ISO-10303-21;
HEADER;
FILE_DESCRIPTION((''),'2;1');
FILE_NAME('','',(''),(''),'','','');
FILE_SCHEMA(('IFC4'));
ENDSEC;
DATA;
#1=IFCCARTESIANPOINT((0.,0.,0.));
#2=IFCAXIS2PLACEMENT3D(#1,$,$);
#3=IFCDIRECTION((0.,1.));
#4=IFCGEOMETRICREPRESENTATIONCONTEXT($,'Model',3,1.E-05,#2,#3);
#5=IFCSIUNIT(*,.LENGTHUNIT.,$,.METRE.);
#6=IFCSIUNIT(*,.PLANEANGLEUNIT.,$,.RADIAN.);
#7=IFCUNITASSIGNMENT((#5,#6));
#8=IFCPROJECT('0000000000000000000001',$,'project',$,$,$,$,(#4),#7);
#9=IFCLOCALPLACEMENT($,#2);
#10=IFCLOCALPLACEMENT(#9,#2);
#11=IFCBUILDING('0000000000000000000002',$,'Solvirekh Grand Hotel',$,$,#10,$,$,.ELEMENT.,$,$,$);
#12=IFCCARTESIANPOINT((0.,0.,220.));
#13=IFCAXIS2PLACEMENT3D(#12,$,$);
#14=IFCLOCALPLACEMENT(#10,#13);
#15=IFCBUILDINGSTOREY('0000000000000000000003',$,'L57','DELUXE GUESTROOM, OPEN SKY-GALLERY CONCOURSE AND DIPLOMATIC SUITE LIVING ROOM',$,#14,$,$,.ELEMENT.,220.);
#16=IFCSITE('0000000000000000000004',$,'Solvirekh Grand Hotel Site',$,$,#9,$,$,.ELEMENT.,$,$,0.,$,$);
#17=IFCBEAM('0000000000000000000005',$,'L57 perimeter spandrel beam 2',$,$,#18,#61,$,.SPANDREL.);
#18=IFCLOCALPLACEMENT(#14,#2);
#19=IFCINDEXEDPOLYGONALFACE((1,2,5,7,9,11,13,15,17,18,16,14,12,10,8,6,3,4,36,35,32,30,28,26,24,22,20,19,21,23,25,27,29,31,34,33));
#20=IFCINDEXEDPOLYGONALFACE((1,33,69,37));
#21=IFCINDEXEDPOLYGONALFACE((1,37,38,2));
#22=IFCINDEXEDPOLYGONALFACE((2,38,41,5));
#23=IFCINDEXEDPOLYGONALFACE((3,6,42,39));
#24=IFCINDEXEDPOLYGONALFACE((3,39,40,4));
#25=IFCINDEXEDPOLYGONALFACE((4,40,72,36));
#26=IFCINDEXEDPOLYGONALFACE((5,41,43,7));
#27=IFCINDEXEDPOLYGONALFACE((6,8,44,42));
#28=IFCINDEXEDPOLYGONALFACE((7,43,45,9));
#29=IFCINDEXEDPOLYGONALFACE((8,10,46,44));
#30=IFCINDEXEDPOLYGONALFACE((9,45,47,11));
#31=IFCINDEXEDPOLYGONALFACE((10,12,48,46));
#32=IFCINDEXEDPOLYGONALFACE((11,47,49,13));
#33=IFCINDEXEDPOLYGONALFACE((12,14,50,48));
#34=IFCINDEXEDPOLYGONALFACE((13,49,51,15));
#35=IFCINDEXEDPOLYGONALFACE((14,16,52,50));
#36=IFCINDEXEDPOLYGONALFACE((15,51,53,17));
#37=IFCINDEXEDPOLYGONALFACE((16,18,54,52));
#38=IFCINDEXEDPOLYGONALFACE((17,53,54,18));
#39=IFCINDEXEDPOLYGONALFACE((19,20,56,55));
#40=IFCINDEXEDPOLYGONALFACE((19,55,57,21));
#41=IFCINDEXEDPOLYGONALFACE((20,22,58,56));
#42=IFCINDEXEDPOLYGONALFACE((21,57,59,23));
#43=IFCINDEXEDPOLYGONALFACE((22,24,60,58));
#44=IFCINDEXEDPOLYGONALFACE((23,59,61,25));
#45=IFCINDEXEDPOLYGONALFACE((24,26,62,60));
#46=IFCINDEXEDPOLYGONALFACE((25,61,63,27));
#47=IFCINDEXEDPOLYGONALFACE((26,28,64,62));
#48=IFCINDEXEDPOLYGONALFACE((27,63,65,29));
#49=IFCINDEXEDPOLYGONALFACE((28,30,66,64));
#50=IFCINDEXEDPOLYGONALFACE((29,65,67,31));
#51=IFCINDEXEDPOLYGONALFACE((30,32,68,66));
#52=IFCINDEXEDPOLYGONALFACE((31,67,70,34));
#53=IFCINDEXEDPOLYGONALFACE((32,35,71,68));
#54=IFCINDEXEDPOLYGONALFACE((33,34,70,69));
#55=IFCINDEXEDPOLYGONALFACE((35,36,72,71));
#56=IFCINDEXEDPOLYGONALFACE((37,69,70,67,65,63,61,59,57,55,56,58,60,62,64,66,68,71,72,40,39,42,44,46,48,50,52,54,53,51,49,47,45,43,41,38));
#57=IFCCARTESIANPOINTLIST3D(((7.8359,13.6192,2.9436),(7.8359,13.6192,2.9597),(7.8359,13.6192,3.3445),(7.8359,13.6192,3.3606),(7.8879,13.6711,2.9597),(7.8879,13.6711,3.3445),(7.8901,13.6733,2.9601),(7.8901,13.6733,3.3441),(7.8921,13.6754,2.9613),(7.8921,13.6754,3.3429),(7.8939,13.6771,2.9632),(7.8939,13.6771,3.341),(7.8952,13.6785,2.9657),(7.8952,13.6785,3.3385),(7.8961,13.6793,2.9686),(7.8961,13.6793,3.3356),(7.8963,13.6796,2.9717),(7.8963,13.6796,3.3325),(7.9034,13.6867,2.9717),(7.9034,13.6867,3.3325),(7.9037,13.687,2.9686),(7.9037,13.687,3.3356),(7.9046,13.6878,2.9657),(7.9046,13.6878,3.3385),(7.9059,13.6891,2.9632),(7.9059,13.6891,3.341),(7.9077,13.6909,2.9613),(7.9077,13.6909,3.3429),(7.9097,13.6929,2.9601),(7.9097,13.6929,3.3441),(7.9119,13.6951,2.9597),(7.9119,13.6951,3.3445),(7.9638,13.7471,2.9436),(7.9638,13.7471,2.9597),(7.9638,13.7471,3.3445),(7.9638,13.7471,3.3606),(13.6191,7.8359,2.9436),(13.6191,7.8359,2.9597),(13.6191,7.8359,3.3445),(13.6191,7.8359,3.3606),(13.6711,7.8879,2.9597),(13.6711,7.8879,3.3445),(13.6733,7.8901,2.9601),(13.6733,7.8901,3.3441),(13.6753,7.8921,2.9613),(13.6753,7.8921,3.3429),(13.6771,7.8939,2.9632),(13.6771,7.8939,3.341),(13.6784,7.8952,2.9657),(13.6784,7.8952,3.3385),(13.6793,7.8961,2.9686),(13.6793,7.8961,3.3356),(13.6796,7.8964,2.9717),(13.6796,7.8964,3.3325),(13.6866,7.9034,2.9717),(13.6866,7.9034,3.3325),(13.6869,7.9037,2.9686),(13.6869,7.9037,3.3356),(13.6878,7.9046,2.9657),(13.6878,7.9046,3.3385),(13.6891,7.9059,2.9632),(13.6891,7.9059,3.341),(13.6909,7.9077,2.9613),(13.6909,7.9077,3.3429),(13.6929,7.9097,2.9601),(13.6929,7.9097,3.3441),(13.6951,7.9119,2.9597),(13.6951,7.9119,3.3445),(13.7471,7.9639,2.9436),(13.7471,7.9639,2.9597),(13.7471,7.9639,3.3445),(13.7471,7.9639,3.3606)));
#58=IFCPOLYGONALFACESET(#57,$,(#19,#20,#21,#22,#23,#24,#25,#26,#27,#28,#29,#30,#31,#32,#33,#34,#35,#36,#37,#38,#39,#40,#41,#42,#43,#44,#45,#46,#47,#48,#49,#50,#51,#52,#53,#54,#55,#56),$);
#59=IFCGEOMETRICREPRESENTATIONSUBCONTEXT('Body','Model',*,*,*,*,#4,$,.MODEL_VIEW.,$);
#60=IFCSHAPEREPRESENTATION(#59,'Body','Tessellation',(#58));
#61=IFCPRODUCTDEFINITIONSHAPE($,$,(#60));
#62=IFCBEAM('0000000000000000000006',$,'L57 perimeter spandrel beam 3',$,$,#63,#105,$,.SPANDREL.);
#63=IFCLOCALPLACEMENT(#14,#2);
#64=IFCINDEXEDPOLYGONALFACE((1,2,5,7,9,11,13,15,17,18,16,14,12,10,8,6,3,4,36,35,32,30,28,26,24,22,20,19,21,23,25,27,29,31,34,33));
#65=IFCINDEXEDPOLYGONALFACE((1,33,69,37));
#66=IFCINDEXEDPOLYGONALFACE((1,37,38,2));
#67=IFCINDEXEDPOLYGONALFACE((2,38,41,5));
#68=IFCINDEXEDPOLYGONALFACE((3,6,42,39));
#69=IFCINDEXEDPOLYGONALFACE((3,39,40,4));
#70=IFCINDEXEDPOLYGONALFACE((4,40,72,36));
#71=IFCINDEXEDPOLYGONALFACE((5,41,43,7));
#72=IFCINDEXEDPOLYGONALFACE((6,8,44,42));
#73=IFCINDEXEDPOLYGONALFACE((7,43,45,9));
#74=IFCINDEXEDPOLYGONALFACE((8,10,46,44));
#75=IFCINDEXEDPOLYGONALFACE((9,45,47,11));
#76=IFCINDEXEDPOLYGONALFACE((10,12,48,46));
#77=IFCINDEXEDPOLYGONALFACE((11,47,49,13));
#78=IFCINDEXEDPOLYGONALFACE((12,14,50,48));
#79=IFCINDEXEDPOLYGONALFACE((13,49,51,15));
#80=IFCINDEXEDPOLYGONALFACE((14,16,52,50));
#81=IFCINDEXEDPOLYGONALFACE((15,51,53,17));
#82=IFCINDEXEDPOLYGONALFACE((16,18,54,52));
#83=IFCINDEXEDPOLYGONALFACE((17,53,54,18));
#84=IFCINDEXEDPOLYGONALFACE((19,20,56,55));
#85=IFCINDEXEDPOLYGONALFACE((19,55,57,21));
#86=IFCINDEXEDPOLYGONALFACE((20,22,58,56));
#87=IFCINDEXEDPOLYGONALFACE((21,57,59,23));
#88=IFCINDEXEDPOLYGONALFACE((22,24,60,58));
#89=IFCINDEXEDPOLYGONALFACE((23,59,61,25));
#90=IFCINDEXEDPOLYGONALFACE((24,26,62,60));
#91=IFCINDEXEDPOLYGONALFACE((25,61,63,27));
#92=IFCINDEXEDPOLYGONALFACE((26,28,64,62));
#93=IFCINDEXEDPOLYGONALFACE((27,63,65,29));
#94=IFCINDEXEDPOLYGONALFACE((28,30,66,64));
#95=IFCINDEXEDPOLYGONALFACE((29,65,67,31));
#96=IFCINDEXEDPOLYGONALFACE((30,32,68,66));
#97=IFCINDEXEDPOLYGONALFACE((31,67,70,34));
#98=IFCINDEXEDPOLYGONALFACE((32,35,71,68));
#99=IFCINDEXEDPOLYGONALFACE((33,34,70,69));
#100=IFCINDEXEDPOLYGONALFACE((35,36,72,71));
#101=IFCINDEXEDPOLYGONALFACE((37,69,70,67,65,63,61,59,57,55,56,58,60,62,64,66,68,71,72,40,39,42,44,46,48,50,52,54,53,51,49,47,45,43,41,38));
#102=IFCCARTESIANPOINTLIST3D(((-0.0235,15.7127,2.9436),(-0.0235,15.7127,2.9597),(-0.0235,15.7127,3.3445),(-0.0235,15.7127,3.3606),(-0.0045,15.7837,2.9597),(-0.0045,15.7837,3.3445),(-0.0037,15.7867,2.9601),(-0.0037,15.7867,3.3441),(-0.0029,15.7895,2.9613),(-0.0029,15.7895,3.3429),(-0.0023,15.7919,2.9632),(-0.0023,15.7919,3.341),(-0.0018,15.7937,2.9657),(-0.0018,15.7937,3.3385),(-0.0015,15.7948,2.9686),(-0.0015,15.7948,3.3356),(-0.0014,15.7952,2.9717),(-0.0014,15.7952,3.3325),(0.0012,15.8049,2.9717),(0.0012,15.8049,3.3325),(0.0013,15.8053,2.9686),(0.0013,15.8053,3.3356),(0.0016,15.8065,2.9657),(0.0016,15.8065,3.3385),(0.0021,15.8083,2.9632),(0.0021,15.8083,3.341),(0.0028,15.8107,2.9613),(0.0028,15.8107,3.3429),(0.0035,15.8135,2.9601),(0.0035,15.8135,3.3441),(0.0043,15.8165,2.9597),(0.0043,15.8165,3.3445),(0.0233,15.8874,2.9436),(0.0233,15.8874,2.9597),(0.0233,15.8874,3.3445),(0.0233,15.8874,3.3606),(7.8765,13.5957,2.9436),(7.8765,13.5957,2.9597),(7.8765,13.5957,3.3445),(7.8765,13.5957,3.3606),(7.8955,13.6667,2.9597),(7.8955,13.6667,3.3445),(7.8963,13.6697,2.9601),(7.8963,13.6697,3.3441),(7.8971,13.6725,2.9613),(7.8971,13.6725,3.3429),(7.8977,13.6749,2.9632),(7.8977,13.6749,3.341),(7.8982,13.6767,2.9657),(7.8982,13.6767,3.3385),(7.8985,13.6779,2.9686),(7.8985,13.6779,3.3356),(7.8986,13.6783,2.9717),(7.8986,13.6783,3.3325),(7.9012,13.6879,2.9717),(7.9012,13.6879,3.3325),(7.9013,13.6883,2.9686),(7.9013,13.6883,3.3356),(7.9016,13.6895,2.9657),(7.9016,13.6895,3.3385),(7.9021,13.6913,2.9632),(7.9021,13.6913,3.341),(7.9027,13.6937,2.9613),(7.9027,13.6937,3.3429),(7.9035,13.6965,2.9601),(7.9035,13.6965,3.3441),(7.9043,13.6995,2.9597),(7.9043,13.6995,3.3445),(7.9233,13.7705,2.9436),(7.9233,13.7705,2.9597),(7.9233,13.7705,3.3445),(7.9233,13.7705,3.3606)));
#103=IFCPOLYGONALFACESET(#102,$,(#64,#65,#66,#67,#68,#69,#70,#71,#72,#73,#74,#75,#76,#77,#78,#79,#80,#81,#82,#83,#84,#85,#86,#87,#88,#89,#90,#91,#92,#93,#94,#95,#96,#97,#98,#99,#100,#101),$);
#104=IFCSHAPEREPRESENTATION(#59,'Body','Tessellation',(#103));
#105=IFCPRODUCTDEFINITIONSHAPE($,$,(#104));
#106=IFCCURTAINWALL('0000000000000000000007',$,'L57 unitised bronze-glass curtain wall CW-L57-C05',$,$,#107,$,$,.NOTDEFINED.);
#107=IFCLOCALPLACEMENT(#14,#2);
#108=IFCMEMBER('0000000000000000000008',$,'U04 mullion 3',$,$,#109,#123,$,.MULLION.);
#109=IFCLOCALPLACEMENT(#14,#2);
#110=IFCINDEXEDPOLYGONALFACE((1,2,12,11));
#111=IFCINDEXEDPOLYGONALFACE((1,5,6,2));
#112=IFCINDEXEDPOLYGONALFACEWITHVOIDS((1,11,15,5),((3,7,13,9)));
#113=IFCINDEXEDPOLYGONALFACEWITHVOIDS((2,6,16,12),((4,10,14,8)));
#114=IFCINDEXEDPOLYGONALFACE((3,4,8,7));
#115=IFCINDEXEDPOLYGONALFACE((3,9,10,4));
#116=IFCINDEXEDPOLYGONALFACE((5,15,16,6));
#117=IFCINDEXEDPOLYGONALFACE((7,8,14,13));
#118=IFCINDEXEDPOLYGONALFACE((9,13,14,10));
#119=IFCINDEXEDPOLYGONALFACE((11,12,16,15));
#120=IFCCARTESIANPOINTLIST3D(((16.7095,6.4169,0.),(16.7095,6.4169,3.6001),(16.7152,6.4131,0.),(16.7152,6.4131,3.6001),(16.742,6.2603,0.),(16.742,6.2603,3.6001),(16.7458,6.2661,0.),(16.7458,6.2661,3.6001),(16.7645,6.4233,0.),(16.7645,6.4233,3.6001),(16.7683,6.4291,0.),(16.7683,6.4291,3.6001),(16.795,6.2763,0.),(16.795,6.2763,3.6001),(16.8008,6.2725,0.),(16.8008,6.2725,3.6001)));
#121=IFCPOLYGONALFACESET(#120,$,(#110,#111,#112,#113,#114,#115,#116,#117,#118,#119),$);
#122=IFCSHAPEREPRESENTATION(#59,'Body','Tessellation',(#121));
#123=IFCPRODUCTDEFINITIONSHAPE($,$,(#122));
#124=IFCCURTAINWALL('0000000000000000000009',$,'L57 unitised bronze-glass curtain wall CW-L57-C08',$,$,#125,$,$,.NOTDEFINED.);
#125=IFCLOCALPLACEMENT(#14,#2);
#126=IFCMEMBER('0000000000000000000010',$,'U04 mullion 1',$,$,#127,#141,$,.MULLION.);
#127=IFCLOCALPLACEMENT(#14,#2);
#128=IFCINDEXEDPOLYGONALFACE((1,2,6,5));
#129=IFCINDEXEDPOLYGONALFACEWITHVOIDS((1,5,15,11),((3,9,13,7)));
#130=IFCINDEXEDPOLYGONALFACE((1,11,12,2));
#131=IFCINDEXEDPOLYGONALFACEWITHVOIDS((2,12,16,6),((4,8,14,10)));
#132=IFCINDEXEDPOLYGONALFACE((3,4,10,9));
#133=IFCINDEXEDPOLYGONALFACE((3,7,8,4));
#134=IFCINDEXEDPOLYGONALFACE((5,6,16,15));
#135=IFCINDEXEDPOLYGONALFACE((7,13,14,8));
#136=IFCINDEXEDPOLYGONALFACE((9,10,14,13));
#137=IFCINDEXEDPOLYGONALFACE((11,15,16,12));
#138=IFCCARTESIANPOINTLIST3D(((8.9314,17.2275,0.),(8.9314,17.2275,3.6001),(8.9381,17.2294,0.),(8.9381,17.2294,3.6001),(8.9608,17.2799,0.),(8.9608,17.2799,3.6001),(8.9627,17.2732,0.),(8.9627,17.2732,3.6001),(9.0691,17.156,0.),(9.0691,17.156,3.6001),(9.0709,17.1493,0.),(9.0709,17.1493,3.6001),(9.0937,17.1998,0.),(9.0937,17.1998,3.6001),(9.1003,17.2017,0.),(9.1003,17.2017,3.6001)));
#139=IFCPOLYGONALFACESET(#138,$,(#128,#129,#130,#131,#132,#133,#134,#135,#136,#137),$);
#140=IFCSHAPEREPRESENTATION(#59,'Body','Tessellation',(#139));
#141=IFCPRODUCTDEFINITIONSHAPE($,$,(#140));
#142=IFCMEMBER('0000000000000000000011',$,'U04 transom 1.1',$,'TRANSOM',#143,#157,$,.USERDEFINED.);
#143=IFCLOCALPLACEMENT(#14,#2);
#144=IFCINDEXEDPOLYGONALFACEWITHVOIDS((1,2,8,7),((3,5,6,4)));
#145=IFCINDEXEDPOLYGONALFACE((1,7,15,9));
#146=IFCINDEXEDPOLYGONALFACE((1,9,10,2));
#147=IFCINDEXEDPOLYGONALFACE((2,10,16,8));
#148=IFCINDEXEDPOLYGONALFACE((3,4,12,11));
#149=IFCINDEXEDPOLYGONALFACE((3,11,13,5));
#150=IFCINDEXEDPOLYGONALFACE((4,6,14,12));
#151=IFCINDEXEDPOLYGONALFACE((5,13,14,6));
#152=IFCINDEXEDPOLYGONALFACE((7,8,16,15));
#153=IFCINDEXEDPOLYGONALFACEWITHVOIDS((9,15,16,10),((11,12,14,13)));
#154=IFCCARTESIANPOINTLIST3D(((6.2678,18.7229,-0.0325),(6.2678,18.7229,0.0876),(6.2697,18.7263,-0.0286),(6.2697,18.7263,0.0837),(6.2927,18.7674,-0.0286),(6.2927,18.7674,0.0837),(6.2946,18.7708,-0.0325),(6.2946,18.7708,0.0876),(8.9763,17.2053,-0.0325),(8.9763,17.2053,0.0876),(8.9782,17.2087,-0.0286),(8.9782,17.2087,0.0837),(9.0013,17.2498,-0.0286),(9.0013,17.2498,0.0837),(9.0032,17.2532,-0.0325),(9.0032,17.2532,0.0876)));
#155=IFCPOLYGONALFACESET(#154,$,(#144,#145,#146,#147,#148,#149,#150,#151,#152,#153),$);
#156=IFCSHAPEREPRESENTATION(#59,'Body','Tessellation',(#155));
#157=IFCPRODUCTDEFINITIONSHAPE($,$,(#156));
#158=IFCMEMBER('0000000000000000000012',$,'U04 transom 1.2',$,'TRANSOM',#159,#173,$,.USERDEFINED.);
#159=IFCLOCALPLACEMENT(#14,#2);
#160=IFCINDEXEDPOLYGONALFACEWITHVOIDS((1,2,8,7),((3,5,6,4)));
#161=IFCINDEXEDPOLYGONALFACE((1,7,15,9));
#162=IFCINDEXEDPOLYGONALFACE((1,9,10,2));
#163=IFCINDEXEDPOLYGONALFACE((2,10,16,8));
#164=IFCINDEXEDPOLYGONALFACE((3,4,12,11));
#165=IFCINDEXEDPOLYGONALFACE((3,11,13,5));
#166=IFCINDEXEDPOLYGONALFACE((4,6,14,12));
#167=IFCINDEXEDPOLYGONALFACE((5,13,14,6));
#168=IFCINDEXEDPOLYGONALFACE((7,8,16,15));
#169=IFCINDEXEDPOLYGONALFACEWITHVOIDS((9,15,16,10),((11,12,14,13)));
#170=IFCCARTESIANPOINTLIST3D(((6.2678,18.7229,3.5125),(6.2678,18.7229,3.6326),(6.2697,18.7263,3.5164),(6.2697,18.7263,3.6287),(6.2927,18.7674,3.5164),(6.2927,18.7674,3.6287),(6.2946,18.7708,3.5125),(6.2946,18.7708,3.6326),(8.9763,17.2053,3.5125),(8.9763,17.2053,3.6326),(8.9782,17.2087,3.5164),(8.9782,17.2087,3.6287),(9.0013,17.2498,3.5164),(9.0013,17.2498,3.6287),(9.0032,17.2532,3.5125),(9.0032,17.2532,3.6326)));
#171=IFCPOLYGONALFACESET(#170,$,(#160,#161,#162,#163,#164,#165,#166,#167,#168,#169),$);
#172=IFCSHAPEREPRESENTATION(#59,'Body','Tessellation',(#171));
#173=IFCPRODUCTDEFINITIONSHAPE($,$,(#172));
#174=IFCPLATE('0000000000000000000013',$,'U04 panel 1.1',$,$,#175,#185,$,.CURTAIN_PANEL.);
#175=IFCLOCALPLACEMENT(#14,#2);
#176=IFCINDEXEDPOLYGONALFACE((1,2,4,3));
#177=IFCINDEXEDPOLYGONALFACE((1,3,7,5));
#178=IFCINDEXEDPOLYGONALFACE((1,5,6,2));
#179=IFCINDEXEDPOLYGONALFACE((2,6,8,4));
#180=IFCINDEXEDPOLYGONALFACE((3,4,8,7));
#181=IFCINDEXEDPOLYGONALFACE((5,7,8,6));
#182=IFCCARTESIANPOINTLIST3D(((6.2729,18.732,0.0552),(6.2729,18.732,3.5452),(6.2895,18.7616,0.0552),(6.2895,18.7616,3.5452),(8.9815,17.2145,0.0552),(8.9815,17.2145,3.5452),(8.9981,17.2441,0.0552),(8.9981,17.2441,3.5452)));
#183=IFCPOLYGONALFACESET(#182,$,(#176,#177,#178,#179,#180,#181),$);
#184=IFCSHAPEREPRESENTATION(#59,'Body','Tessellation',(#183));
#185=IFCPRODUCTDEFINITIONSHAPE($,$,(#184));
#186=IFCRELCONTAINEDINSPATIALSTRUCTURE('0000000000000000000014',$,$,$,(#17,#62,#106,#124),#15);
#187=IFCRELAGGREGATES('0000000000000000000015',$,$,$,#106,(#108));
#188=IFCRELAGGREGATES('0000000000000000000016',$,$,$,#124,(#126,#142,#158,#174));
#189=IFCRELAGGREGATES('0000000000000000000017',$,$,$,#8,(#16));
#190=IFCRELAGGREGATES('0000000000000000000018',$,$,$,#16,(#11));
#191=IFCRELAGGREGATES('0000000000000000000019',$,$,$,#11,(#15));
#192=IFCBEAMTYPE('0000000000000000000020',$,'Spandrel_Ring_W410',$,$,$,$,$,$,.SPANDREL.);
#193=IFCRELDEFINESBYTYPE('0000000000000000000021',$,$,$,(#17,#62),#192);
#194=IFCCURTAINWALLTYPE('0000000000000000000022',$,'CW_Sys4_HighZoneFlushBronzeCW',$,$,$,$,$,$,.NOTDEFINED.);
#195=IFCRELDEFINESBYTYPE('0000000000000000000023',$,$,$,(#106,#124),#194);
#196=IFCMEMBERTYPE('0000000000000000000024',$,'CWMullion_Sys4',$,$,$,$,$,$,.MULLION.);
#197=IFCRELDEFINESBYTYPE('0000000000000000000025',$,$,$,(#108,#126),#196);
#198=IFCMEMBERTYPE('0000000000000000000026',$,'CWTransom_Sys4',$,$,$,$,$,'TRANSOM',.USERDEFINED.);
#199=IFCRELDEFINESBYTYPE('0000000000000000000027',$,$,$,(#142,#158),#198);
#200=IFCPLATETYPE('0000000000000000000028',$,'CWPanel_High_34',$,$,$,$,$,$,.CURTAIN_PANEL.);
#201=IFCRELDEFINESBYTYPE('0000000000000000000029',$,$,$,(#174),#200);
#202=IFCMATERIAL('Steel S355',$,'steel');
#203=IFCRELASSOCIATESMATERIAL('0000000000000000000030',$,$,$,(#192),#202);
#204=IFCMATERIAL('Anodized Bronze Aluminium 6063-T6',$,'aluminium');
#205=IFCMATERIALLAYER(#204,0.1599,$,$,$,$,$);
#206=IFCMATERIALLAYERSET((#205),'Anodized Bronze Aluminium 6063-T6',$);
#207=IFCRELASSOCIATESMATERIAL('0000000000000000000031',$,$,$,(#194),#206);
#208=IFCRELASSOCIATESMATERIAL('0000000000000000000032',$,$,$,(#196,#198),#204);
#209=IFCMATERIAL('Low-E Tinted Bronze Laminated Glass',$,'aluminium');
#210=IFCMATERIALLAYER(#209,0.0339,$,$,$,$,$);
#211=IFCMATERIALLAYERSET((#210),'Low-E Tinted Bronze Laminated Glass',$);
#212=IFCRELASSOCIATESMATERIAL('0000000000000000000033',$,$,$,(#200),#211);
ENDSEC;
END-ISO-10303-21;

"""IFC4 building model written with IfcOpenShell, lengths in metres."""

from ifc_helpers import new_model, si_unit, direction, frame, origin, origin_2d, place, context, subcontext, project, spatial, rectangle, hollow_rectangle, i_section, extrude, source, transform, mapped, material, layer, layer_set, material_profile, profile_set, type_object, element, aggregate, save


model = new_model("IFC4")

# Units and contexts
model_context = context("Model", 3, precision=1e-05, world=origin(), true_north=direction((0.0, 1.0)))
body_context = subcontext(model_context, "Body", "Model", "MODEL_VIEW")
ifc_project = project(units=[si_unit("LENGTHUNIT", "METRE"), si_unit("PLANEANGLEUNIT", "RADIAN")], contexts=[model_context])

# Site, building, storey
site_placement = place(None, origin())
site = spatial("IfcSite", under=ifc_project, at=site_placement, Name="Solvirekh Grand Hotel Site", CompositionType="ELEMENT", RefElevation=0.0)
building_placement = place(site_placement, origin())
building = spatial("IfcBuilding", under=site, at=building_placement, Name="Solvirekh Grand Hotel", CompositionType="ELEMENT")
storey_placement = place(building_placement, frame((0.0, 0.0, 220.0)))
storey = spatial("IfcBuildingStorey", under=building, at=storey_placement, Name="L57", Description="DELUXE GUESTROOM, OPEN SKY-GALLERY CONCOURSE AND DIPLOMATIC SUITE LIVING ROOM", CompositionType="ELEMENT", Elevation=220.0)

# Beams
ifc_material_1 = material(Name="Steel S355", Category="steel")
ifc_material_profile_1 = material_profile(ifc_material_1, i_section(OverallWidth=0.1809, OverallDepth=0.417, WebThickness=0.01, FlangeThickness=0.0161, FilletRadius=0.012, at=origin_2d()), Name="W410X85")
ifc_profile_set_1 = profile_set([ifc_material_profile_1], Name="Steel S355")
beam_type_1 = type_object("IfcBeamType", Name="Spandrel_Ring_W410", PredefinedType="SPANDREL", material=ifc_profile_set_1)
for number, where, z_axis, x_axis, name in (
    (1, (13.6831, 7.8999, 3.1521), (-0.707107, 0.707107, 0.0), (-0.707107, -0.707107, 0.0), "L57 perimeter spandrel beam 2"),
    (2, (7.8999, 13.6831, 3.1521), (-0.965921, 0.258839, 0.0), (-0.258839, -0.965921, 0.0), "L57 perimeter spandrel beam 3"),
):
    element("IfcBeam", number, at=place(storey_placement, frame(where, z_axis=z_axis, x_axis=x_axis)), inside=storey, type_object=beam_type_1, Name=name, PredefinedType="SPANDREL", context=body_context, shape_type="SweptSolid", body=[
        extrude(i_section(OverallWidth=0.1809, OverallDepth=0.417, WebThickness=0.01, FlangeThickness=0.0161, FilletRadius=0.012, at=origin_2d()), origin(), (0.0, 0.0, 1.0), 8.1787),
    ])

# Curtain wall, member
ifc_material_2 = material(Name="Anodized Bronze Aluminium 6063-T6", Category="aluminium")
ifc_layer_1 = layer(ifc_material_2, 0.1599)
ifc_layer_set_1 = layer_set([ifc_layer_1], Name="Anodized Bronze Aluminium 6063-T6")
curtain_wall_type = type_object("IfcCurtainWallType", Name="CW_Sys4_HighZoneFlushBronzeCW", PredefinedType="NOTDEFINED", material=ifc_layer_set_1)
curtain_wall_1_placement = place(storey_placement, origin())
curtain_wall_1 = element("IfcCurtainWall", 3, at=curtain_wall_1_placement, inside=storey, type_object=curtain_wall_type, Name="L57 unitised bronze-glass curtain wall CW-L57-C05", PredefinedType="NOTDEFINED")
ifc_material_profile_2 = material_profile(ifc_material_2, hollow_rectangle(XDim=0.0601, YDim=0.1599, WallThickness=0.0049, at=origin_2d()), Name="ALU RHS 160X60X5")
ifc_profile_set_2 = profile_set([ifc_material_profile_2], Name="Anodized Bronze Aluminium 6063-T6")
member_type_1 = type_object("IfcMemberType", Name="CWMullion_Sys4", PredefinedType="MULLION", material=ifc_profile_set_2)
shared_shape_1 = source(origin(), body_context, "Body", "SweptSolid", [
    extrude(hollow_rectangle(XDim=0.0601, YDim=0.1599, WallThickness=0.0049, at=origin_2d()), origin(), (0.0, 0.0, 1.0), 3.6001),
])
member_1_placement = place(storey_placement, frame((16.7551, 6.3447, 0.0), z_axis=(0.0, 0.0, 1.0), x_axis=(-0.979132, -0.203224, 0.0)))
member_1 = element("IfcMember", 4, at=member_1_placement, type_object=member_type_1, Name="U04 mullion 3", PredefinedType="MULLION", context=body_context, shape_type="MappedRepresentation", body=[
    mapped(shared_shape_1, transform((0.0, 0.0, 0.0), x_axis=(1.0, 0.0, 0.0), y_axis=(0.0, 1.0, 0.0), z_axis=(0.0, 0.0, 1.0), scale=1.0)),
])
aggregate(curtain_wall_1, [member_1])

# Curtain wall, members, plate
curtain_wall_2_placement = place(storey_placement, origin())
curtain_wall_2 = element("IfcCurtainWall", 5, at=curtain_wall_2_placement, inside=storey, type_object=curtain_wall_type, Name="L57 unitised bronze-glass curtain wall CW-L57-C08", PredefinedType="NOTDEFINED")
member_2_placement = place(storey_placement, frame((9.0159, 17.2146, 0.0), z_axis=(0.0, 0.0, 1.0), x_axis=(-0.488789, -0.872402, 0.0)))
member_2 = element("IfcMember", 6, at=member_2_placement, type_object=member_type_1, Name="U04 mullion 1", PredefinedType="MULLION", context=body_context, shape_type="MappedRepresentation", body=[
    mapped(shared_shape_1, transform((0.0, 0.0, 0.0), x_axis=(1.0, 0.0, 0.0), y_axis=(0.0, 1.0, 0.0), z_axis=(0.0, 0.0, 1.0), scale=1.0)),
])
ifc_material_profile_3 = material_profile(ifc_material_2, hollow_rectangle(XDim=0.0549, YDim=0.1201, WallThickness=0.0039, at=origin_2d()), Name="ALU RHS 120X55X4")
ifc_profile_set_3 = profile_set([ifc_material_profile_3], Name="Anodized Bronze Aluminium 6063-T6")
member_type_2 = type_object("IfcMemberType", Name="CWTransom_Sys4", ElementType="TRANSOM", PredefinedType="USERDEFINED", material=ifc_profile_set_3)
shared_shape_2 = source(origin(), body_context, "Body", "SweptSolid", [
    extrude(hollow_rectangle(XDim=0.0549, YDim=0.1201, WallThickness=0.0039, at=origin_2d()), origin(), (0.0, 0.0, 1.0), 3.1047),
])
member_3_placement = place(storey_placement, frame((8.9897, 17.2292, 0.0276), z_axis=(-0.872393, 0.488804, 0.0), x_axis=(-0.488804, -0.872393, 0.0)))
member_3 = element("IfcMember", 7, at=member_3_placement, type_object=member_type_2, Name="U04 transom 1.1", ObjectType="TRANSOM", PredefinedType="USERDEFINED", context=body_context, shape_type="MappedRepresentation", body=[
    mapped(shared_shape_2, transform((0.0, 0.0, 0.0), x_axis=(1.0, 0.0, 0.0), y_axis=(0.0, 1.0, 0.0), z_axis=(0.0, 0.0, 1.0), scale=1.0)),
])
member_4_placement = place(storey_placement, frame((8.9897, 17.2292, 3.5725), z_axis=(-0.872393, 0.488804, 0.0), x_axis=(-0.488804, -0.872393, 0.0)))
member_4 = element("IfcMember", 8, at=member_4_placement, type_object=member_type_2, Name="U04 transom 1.2", ObjectType="TRANSOM", PredefinedType="USERDEFINED", context=body_context, shape_type="MappedRepresentation", body=[
    mapped(shared_shape_2, transform((0.0, 0.0, 0.0), x_axis=(1.0, 0.0, 0.0), y_axis=(0.0, 1.0, 0.0), z_axis=(0.0, 0.0, 1.0), scale=1.0)),
])
ifc_material_3 = material(Name="Low-E Tinted Bronze Laminated Glass", Category="aluminium")
ifc_layer_2 = layer(ifc_material_3, 0.0339)
ifc_layer_set_2 = layer_set([ifc_layer_2], Name="Low-E Tinted Bronze Laminated Glass")
plate_type = type_object("IfcPlateType", Name="CWPanel_High_34", PredefinedType="CURTAIN_PANEL", material=ifc_layer_set_2)
shared_shape_3 = source(origin(), body_context, "Body", "SweptSolid", [
    extrude(rectangle(XDim=3.1047, YDim=0.0339, at=origin_2d()), origin(), (0.0, 0.0, 1.0), 3.49),
])
plate_placement = place(storey_placement, frame((7.6355, 17.988, 0.0552), z_axis=(0.0, 0.0, 1.0), x_axis=(-0.872402, 0.488789, 0.0)))
plate = element("IfcPlate", 9, at=plate_placement, type_object=plate_type, Name="U04 panel 1.1", PredefinedType="CURTAIN_PANEL", context=body_context, shape_type="MappedRepresentation", body=[
    mapped(shared_shape_3, transform((0.0, 0.0, 0.0), x_axis=(1.0, 0.0, 0.0), y_axis=(0.0, 1.0, 0.0), z_axis=(0.0, 0.0, 1.0), scale=1.0)),
])
aggregate(curtain_wall_2, [member_2, member_3, member_4, plate])

save(model, "model.ifc")
